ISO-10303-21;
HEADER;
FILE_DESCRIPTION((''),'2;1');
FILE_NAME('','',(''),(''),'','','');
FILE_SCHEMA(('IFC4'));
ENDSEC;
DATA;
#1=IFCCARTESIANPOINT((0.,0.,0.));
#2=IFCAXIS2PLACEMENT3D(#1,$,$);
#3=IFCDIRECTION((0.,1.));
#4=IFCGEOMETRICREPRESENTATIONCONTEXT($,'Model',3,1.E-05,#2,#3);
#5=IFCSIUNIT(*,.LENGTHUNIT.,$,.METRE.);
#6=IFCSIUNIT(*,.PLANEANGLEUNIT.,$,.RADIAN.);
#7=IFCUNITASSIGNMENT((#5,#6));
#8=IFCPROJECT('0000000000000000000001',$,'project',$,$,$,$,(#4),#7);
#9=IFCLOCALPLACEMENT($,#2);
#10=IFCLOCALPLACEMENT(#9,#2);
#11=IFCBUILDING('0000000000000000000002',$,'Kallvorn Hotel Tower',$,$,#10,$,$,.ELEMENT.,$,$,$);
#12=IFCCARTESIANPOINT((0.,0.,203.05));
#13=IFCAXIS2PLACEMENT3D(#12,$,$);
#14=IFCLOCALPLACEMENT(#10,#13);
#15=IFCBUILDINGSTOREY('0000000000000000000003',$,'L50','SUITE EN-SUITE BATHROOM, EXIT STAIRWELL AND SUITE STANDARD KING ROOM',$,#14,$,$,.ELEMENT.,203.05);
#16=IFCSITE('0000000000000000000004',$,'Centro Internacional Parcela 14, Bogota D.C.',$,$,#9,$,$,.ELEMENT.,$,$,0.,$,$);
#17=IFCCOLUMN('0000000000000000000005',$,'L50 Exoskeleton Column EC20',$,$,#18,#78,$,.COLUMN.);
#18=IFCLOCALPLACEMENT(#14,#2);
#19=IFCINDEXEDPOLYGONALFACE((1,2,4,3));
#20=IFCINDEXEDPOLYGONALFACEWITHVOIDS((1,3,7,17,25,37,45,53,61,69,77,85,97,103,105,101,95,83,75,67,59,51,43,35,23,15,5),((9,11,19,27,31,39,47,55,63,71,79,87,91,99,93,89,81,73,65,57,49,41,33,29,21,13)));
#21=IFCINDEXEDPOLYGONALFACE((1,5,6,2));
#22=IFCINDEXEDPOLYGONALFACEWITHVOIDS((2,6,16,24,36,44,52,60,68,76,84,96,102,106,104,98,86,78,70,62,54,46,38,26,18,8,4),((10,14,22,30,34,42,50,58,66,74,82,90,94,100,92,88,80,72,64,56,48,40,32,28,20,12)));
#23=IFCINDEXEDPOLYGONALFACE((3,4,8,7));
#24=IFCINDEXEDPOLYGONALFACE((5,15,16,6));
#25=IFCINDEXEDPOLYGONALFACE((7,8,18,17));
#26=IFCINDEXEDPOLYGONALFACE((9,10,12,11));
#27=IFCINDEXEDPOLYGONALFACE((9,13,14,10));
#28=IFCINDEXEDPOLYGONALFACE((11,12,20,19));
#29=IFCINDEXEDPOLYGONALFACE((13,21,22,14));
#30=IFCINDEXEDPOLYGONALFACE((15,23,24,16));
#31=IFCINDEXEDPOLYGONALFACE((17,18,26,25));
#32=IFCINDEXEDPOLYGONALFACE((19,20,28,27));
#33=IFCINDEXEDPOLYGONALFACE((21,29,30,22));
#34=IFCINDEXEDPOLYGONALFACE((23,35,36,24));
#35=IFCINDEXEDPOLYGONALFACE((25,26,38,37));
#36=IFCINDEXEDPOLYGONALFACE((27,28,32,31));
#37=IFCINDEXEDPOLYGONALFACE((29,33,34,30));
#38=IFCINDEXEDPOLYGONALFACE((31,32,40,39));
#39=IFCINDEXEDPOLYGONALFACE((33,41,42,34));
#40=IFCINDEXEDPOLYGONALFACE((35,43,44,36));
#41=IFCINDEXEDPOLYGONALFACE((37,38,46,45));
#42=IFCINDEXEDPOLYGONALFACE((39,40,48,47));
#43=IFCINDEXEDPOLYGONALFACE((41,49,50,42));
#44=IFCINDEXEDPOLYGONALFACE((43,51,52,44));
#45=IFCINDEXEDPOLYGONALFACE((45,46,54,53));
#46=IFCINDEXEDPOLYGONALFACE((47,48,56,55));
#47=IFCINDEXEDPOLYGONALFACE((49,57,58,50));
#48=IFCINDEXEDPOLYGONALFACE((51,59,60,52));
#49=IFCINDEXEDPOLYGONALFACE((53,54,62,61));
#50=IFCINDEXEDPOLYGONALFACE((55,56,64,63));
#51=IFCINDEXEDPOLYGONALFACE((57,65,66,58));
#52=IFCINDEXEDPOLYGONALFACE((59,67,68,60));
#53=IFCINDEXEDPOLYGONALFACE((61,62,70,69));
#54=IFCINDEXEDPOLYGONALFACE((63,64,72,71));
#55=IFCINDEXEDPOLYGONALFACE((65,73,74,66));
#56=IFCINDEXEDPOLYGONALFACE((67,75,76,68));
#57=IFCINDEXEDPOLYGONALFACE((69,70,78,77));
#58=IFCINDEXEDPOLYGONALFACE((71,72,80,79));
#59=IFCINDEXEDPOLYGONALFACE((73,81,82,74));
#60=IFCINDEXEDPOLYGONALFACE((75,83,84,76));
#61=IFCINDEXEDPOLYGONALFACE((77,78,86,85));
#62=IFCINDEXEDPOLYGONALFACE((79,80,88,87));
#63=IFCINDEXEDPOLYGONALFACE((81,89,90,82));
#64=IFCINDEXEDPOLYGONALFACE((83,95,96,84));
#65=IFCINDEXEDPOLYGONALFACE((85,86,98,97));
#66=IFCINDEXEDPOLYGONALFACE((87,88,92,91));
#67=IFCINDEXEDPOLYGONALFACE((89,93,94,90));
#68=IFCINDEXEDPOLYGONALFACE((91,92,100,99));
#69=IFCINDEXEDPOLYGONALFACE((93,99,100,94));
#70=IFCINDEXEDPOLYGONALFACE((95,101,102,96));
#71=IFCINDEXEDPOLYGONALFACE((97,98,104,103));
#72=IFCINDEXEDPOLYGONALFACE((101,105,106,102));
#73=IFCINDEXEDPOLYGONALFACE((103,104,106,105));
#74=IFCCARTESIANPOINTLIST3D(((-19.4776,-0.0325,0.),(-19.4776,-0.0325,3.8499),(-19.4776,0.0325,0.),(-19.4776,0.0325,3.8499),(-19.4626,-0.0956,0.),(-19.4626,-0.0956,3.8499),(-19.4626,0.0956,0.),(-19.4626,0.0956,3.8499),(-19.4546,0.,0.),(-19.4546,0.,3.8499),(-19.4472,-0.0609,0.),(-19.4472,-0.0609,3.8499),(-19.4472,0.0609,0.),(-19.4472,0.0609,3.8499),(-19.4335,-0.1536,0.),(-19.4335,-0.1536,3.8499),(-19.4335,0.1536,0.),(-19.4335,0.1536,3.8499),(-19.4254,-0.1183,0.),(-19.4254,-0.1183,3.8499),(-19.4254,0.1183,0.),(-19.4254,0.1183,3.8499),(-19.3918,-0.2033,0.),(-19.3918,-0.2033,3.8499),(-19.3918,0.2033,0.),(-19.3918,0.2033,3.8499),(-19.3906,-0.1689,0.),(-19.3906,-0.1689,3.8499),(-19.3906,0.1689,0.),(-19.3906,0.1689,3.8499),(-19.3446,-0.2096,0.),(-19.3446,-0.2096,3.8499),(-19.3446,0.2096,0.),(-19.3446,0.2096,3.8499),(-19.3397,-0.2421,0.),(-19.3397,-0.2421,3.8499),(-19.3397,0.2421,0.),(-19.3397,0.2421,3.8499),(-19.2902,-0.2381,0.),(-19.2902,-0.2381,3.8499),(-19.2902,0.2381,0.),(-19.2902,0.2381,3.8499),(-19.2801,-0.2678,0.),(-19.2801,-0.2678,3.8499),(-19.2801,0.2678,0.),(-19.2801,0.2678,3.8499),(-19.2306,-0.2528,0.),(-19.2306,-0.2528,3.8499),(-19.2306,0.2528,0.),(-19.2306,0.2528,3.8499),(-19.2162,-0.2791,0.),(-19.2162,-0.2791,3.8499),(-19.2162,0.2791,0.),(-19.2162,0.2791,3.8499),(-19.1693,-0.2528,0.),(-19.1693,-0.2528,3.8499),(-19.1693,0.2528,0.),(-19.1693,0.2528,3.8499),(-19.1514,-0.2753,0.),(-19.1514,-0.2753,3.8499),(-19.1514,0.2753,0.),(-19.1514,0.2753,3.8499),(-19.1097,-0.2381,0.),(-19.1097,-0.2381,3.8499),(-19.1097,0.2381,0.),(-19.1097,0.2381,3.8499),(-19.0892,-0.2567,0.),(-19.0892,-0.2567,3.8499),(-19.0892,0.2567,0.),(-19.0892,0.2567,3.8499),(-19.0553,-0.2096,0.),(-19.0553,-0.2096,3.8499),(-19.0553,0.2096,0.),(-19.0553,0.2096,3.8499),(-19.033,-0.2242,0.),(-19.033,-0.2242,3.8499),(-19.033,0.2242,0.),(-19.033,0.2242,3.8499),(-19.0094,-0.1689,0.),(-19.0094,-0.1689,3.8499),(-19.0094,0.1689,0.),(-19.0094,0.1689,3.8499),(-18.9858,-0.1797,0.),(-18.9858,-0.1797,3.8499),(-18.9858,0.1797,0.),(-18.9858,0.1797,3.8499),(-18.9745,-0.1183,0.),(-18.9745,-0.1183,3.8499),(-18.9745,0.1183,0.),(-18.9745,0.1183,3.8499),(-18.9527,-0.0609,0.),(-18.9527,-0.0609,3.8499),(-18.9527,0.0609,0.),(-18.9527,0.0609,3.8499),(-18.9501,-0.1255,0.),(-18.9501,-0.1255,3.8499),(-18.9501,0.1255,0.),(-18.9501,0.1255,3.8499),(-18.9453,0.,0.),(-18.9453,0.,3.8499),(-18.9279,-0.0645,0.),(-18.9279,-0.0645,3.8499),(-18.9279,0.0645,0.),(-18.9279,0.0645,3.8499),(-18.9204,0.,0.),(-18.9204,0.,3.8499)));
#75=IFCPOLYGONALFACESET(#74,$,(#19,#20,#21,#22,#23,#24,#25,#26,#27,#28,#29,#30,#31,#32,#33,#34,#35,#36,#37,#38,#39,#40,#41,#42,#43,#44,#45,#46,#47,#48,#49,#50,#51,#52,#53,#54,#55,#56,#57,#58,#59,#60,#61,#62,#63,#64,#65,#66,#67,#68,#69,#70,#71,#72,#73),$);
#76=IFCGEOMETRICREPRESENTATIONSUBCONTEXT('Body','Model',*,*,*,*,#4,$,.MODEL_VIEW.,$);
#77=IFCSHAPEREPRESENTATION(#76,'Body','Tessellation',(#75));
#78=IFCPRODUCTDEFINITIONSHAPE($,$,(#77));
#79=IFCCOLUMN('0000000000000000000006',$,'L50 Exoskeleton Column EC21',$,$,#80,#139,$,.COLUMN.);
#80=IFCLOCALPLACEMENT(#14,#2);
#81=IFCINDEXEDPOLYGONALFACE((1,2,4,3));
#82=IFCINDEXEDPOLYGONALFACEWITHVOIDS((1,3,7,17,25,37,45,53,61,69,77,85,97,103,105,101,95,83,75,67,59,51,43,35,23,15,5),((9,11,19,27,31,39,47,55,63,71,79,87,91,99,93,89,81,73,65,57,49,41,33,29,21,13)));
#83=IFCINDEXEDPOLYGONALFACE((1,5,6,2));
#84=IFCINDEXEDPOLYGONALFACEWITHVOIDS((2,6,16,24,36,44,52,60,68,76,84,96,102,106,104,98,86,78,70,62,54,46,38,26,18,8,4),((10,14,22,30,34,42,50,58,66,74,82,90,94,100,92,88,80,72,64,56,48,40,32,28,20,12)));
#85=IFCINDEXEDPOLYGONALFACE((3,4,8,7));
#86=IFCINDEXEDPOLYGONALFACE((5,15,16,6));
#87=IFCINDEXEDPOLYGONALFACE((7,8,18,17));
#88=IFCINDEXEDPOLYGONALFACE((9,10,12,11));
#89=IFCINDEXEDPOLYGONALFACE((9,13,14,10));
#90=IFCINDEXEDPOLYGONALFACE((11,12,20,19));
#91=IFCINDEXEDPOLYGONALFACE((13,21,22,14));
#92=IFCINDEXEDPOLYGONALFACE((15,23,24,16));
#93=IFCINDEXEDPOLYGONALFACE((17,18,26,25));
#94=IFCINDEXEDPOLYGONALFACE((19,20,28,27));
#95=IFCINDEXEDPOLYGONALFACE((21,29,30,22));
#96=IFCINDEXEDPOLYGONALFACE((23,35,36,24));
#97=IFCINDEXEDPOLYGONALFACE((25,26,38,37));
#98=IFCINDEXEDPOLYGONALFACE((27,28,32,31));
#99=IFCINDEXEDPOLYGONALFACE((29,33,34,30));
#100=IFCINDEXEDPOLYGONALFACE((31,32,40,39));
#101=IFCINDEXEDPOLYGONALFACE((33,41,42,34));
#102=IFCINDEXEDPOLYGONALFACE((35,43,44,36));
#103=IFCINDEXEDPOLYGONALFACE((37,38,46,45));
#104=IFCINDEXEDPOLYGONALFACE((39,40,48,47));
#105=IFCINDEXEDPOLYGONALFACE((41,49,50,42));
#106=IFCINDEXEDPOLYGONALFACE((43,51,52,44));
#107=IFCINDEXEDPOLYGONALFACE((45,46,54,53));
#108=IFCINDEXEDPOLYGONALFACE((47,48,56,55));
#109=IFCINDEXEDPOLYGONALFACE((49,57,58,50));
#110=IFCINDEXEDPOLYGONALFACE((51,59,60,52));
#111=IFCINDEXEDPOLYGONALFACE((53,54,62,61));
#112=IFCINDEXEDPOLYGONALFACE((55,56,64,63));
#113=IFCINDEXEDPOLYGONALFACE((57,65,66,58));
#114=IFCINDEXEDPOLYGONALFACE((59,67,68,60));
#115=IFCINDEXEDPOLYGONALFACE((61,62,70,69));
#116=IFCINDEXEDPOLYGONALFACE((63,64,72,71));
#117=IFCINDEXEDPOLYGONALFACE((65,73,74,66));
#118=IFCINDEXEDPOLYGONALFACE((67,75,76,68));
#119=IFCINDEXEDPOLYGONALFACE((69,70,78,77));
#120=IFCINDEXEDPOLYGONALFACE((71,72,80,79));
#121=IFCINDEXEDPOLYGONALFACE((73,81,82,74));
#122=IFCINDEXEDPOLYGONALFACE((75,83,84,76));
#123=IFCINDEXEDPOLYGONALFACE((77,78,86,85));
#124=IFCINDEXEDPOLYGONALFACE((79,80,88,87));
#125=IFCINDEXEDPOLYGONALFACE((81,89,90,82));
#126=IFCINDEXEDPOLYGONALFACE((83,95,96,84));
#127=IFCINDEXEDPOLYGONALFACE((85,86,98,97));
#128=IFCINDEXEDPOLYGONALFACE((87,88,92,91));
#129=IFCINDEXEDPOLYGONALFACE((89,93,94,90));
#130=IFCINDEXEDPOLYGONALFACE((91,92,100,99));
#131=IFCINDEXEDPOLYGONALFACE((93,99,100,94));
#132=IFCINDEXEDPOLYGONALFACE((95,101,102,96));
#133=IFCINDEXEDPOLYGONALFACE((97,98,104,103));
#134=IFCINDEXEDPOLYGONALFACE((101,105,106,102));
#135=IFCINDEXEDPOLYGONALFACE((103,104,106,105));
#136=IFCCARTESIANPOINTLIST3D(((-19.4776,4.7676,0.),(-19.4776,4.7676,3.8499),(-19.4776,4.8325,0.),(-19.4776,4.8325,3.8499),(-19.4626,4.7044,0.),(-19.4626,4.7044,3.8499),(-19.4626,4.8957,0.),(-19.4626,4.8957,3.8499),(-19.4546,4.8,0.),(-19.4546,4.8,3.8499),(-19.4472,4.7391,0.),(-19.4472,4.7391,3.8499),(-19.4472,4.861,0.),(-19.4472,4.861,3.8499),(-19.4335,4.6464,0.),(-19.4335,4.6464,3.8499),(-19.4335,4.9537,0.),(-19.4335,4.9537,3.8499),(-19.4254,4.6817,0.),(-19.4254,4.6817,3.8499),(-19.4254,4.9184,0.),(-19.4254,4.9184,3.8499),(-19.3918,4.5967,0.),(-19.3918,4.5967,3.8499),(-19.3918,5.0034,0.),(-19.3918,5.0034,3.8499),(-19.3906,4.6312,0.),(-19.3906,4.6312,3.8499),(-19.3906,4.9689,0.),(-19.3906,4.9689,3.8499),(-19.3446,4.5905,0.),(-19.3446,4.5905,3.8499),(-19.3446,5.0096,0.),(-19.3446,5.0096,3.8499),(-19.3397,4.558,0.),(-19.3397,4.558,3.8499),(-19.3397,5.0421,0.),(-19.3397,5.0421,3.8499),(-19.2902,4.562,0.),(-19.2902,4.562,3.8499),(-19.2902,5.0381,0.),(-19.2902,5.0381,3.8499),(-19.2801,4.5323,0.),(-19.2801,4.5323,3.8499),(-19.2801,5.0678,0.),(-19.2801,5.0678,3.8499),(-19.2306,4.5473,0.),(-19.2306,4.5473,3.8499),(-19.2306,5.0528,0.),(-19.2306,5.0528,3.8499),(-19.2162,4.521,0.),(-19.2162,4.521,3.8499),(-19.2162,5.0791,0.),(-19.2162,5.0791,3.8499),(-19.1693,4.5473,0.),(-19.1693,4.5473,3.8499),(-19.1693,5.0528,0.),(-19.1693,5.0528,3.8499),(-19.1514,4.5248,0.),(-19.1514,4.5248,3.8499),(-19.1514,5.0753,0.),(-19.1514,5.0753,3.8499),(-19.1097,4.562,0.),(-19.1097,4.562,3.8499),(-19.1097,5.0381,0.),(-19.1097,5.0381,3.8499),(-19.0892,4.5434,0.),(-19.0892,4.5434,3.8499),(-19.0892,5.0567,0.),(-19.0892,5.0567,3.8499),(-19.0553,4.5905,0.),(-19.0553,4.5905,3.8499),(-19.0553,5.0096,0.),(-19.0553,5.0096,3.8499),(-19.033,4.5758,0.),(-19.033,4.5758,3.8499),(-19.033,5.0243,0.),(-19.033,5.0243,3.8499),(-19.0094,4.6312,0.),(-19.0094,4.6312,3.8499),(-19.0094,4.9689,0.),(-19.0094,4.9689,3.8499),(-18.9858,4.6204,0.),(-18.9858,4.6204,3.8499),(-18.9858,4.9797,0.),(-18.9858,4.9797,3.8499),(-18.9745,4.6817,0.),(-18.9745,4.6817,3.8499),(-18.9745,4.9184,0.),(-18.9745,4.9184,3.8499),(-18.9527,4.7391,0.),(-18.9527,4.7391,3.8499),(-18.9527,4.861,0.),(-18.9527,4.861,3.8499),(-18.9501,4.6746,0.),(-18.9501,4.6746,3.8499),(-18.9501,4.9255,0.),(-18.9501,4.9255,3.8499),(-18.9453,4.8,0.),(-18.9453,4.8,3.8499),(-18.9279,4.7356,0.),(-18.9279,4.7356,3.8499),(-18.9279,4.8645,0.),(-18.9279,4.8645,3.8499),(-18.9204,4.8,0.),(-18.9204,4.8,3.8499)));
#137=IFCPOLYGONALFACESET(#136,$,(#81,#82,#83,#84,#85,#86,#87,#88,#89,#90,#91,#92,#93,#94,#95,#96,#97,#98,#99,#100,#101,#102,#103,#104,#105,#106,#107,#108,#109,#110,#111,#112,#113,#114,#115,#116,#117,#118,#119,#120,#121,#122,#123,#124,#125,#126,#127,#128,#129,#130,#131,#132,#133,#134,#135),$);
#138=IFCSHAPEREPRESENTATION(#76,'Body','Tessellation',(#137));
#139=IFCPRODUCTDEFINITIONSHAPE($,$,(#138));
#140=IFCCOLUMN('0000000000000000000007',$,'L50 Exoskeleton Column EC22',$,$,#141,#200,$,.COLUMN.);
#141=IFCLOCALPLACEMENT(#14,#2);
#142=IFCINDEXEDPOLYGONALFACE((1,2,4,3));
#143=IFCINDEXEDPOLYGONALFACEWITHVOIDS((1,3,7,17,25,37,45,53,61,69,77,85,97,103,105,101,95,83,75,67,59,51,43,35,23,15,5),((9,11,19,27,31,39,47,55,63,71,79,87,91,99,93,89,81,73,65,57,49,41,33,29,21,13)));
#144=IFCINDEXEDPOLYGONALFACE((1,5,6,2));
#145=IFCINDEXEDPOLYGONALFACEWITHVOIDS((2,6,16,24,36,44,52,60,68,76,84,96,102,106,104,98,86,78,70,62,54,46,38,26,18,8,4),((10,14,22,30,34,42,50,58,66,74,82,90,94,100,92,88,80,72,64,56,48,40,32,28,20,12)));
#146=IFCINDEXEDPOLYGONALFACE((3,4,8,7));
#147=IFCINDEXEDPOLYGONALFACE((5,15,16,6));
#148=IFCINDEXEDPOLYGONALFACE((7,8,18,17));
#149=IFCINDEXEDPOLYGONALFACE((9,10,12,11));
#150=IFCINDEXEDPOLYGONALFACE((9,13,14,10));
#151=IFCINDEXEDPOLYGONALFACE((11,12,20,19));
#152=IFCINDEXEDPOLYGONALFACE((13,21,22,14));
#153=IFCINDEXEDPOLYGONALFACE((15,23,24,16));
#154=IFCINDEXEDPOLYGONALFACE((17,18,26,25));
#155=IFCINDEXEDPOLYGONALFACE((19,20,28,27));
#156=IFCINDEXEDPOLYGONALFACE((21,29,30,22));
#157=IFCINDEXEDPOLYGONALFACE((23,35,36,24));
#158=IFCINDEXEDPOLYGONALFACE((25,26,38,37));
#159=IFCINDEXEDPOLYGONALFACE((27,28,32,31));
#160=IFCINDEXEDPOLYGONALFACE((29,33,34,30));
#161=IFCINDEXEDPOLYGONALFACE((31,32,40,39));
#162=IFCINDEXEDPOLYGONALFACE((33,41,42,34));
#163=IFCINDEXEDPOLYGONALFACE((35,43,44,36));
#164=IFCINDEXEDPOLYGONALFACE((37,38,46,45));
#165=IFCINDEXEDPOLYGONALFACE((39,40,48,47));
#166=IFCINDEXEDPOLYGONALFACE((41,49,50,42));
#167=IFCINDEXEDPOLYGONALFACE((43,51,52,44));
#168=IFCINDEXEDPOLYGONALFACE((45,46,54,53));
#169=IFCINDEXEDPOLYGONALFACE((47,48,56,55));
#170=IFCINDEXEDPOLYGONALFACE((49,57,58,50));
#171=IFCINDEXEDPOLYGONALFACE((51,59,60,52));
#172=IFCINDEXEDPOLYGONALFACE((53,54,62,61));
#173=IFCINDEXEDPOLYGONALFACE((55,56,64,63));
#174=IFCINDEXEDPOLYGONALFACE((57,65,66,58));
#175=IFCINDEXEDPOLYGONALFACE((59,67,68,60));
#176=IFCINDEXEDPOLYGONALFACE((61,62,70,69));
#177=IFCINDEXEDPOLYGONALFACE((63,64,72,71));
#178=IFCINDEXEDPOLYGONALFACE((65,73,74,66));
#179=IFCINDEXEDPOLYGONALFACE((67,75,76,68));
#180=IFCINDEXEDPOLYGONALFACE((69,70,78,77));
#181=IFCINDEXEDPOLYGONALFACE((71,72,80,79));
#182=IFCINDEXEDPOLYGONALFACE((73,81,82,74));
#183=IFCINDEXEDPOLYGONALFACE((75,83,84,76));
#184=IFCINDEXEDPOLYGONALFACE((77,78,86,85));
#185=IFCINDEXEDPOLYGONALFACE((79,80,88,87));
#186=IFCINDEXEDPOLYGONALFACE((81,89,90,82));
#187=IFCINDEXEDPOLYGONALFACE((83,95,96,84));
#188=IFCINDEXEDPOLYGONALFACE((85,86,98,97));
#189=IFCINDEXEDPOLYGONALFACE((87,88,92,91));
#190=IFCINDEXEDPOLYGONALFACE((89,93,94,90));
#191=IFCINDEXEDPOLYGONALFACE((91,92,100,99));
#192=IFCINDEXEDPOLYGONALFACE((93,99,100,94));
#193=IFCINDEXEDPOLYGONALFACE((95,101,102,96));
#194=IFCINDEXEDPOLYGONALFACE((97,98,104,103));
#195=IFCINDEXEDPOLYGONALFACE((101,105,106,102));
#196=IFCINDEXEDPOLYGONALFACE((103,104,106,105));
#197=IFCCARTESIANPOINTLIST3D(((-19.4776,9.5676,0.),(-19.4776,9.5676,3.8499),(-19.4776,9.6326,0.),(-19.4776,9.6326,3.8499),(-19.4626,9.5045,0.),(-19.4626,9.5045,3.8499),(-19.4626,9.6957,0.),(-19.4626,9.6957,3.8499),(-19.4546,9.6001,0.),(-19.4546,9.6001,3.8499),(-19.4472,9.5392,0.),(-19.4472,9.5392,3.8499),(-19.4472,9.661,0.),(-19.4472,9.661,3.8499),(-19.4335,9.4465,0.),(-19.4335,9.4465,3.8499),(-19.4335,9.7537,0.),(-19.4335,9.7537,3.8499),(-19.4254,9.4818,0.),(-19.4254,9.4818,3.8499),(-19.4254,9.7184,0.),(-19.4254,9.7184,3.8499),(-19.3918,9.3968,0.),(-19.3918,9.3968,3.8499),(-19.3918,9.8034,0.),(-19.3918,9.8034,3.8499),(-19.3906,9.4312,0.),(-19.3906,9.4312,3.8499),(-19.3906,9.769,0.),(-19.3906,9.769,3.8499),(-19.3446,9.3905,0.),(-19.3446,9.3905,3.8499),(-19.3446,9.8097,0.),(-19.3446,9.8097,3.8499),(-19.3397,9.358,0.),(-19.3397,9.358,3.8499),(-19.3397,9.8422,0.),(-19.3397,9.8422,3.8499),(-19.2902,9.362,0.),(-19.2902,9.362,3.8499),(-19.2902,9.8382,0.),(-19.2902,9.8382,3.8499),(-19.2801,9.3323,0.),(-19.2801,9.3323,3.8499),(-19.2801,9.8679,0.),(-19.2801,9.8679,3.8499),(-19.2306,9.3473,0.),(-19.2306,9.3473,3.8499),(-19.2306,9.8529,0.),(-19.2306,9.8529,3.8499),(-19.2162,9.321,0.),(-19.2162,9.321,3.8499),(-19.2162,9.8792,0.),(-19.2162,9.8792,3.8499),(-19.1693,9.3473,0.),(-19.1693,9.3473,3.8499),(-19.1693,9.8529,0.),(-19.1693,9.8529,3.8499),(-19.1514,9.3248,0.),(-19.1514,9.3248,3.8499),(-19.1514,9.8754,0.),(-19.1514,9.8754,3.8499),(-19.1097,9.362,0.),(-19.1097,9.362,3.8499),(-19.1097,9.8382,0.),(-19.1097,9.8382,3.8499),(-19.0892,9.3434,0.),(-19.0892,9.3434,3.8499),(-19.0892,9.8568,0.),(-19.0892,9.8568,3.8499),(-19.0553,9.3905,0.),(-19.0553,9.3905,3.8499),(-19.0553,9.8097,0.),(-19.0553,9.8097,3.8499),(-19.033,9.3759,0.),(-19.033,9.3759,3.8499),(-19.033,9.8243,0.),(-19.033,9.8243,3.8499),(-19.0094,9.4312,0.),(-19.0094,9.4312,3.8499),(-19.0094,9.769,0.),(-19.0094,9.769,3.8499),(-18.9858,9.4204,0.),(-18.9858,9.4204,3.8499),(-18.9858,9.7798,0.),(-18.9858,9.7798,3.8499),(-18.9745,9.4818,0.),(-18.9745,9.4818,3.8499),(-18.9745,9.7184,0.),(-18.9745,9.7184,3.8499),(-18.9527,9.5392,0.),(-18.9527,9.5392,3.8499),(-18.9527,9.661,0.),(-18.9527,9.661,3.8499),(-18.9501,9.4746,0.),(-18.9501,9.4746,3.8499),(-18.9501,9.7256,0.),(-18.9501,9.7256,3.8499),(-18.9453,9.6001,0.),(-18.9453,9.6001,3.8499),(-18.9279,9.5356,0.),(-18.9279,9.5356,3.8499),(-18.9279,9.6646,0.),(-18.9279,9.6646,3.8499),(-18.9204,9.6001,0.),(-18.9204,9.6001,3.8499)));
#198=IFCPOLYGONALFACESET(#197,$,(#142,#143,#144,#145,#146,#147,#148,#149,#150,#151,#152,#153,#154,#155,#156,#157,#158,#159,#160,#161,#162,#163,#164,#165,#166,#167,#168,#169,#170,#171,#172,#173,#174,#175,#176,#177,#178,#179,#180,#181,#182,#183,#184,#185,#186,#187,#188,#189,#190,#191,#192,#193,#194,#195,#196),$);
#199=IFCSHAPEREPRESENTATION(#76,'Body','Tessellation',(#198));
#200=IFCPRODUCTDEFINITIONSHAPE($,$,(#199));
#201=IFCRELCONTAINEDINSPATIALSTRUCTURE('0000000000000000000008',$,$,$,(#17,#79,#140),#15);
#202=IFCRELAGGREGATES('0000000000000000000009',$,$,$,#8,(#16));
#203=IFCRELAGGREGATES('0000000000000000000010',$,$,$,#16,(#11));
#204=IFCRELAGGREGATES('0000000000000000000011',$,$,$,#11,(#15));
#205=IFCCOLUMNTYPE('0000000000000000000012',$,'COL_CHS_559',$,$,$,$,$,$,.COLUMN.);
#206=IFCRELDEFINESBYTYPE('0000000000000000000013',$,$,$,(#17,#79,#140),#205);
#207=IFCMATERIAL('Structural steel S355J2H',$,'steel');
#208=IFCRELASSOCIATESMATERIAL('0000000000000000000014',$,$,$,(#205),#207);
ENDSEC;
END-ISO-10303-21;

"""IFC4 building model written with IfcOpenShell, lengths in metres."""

from ifc_helpers import new_model, si_unit, direction, frame, origin, origin_2d, place, context, subcontext, project, spatial, hollow_circle, extrude, material, material_profile, profile_set, type_object, element, save


model = new_model("IFC4")

# Units and contexts
model_context = context("Model", 3, precision=1e-05, world=origin(), true_north=direction((0.0, 1.0)))
body_context = subcontext(model_context, "Body", "Model", "MODEL_VIEW")
ifc_project = project(units=[si_unit("LENGTHUNIT", "METRE"), si_unit("PLANEANGLEUNIT", "RADIAN")], contexts=[model_context])

# Site, building, storey
site_placement = place(None, origin())
site = spatial("IfcSite", under=ifc_project, at=site_placement, Name="Centro Internacional Parcela 14, Bogota D.C.", CompositionType="ELEMENT", RefElevation=0.0)
building_placement = place(site_placement, origin())
building = spatial("IfcBuilding", under=site, at=building_placement, Name="Kallvorn Hotel Tower", CompositionType="ELEMENT")
storey_placement = place(building_placement, frame((0.0, 0.0, 203.05)))
storey = spatial("IfcBuildingStorey", under=building, at=storey_placement, Name="L50", Description="SUITE EN-SUITE BATHROOM, EXIT STAIRWELL AND SUITE STANDARD KING ROOM", CompositionType="ELEMENT", Elevation=203.05)

# Columns
ifc_material_1 = material(Name="Structural steel S355J2H", Category="steel")
ifc_material_profile_1 = material_profile(ifc_material_1, hollow_circle(Radius=0.2795, WallThickness=0.0249, at=origin_2d()), Name="CHS 559x25")
ifc_profile_set_1 = profile_set([ifc_material_profile_1], Name="Structural steel S355J2H")
column_type_1 = type_object("IfcColumnType", Name="COL_CHS_559", PredefinedType="COLUMN", material=ifc_profile_set_1)
for number, where, z_axis, x_axis, name in (
    (1, (-19.2, 0.0, 0.0), (0.0, 0.0, 1.0), (1.0, 0.0, 0.0), "L50 Exoskeleton Column EC20"),
    (2, (-19.2, 4.8, 0.0), (0.0, 0.0, 1.0), (1.0, 0.0, 0.0), "L50 Exoskeleton Column EC21"),
    (3, (-19.2, 9.6001, 0.0), (0.0, 0.0, 1.0), (1.0, 0.0, 0.0), "L50 Exoskeleton Column EC22"),
):
    element("IfcColumn", number, at=place(storey_placement, frame(where, z_axis=z_axis, x_axis=x_axis)), inside=storey, type_object=column_type_1, Name=name, PredefinedType="COLUMN", context=body_context, shape_type="SweptSolid", body=[
        extrude(hollow_circle(Radius=0.2795, WallThickness=0.0249, at=origin_2d()), origin(), (0.0, 0.0, 1.0), 3.8499),
    ])

save(model, "model.ifc")
